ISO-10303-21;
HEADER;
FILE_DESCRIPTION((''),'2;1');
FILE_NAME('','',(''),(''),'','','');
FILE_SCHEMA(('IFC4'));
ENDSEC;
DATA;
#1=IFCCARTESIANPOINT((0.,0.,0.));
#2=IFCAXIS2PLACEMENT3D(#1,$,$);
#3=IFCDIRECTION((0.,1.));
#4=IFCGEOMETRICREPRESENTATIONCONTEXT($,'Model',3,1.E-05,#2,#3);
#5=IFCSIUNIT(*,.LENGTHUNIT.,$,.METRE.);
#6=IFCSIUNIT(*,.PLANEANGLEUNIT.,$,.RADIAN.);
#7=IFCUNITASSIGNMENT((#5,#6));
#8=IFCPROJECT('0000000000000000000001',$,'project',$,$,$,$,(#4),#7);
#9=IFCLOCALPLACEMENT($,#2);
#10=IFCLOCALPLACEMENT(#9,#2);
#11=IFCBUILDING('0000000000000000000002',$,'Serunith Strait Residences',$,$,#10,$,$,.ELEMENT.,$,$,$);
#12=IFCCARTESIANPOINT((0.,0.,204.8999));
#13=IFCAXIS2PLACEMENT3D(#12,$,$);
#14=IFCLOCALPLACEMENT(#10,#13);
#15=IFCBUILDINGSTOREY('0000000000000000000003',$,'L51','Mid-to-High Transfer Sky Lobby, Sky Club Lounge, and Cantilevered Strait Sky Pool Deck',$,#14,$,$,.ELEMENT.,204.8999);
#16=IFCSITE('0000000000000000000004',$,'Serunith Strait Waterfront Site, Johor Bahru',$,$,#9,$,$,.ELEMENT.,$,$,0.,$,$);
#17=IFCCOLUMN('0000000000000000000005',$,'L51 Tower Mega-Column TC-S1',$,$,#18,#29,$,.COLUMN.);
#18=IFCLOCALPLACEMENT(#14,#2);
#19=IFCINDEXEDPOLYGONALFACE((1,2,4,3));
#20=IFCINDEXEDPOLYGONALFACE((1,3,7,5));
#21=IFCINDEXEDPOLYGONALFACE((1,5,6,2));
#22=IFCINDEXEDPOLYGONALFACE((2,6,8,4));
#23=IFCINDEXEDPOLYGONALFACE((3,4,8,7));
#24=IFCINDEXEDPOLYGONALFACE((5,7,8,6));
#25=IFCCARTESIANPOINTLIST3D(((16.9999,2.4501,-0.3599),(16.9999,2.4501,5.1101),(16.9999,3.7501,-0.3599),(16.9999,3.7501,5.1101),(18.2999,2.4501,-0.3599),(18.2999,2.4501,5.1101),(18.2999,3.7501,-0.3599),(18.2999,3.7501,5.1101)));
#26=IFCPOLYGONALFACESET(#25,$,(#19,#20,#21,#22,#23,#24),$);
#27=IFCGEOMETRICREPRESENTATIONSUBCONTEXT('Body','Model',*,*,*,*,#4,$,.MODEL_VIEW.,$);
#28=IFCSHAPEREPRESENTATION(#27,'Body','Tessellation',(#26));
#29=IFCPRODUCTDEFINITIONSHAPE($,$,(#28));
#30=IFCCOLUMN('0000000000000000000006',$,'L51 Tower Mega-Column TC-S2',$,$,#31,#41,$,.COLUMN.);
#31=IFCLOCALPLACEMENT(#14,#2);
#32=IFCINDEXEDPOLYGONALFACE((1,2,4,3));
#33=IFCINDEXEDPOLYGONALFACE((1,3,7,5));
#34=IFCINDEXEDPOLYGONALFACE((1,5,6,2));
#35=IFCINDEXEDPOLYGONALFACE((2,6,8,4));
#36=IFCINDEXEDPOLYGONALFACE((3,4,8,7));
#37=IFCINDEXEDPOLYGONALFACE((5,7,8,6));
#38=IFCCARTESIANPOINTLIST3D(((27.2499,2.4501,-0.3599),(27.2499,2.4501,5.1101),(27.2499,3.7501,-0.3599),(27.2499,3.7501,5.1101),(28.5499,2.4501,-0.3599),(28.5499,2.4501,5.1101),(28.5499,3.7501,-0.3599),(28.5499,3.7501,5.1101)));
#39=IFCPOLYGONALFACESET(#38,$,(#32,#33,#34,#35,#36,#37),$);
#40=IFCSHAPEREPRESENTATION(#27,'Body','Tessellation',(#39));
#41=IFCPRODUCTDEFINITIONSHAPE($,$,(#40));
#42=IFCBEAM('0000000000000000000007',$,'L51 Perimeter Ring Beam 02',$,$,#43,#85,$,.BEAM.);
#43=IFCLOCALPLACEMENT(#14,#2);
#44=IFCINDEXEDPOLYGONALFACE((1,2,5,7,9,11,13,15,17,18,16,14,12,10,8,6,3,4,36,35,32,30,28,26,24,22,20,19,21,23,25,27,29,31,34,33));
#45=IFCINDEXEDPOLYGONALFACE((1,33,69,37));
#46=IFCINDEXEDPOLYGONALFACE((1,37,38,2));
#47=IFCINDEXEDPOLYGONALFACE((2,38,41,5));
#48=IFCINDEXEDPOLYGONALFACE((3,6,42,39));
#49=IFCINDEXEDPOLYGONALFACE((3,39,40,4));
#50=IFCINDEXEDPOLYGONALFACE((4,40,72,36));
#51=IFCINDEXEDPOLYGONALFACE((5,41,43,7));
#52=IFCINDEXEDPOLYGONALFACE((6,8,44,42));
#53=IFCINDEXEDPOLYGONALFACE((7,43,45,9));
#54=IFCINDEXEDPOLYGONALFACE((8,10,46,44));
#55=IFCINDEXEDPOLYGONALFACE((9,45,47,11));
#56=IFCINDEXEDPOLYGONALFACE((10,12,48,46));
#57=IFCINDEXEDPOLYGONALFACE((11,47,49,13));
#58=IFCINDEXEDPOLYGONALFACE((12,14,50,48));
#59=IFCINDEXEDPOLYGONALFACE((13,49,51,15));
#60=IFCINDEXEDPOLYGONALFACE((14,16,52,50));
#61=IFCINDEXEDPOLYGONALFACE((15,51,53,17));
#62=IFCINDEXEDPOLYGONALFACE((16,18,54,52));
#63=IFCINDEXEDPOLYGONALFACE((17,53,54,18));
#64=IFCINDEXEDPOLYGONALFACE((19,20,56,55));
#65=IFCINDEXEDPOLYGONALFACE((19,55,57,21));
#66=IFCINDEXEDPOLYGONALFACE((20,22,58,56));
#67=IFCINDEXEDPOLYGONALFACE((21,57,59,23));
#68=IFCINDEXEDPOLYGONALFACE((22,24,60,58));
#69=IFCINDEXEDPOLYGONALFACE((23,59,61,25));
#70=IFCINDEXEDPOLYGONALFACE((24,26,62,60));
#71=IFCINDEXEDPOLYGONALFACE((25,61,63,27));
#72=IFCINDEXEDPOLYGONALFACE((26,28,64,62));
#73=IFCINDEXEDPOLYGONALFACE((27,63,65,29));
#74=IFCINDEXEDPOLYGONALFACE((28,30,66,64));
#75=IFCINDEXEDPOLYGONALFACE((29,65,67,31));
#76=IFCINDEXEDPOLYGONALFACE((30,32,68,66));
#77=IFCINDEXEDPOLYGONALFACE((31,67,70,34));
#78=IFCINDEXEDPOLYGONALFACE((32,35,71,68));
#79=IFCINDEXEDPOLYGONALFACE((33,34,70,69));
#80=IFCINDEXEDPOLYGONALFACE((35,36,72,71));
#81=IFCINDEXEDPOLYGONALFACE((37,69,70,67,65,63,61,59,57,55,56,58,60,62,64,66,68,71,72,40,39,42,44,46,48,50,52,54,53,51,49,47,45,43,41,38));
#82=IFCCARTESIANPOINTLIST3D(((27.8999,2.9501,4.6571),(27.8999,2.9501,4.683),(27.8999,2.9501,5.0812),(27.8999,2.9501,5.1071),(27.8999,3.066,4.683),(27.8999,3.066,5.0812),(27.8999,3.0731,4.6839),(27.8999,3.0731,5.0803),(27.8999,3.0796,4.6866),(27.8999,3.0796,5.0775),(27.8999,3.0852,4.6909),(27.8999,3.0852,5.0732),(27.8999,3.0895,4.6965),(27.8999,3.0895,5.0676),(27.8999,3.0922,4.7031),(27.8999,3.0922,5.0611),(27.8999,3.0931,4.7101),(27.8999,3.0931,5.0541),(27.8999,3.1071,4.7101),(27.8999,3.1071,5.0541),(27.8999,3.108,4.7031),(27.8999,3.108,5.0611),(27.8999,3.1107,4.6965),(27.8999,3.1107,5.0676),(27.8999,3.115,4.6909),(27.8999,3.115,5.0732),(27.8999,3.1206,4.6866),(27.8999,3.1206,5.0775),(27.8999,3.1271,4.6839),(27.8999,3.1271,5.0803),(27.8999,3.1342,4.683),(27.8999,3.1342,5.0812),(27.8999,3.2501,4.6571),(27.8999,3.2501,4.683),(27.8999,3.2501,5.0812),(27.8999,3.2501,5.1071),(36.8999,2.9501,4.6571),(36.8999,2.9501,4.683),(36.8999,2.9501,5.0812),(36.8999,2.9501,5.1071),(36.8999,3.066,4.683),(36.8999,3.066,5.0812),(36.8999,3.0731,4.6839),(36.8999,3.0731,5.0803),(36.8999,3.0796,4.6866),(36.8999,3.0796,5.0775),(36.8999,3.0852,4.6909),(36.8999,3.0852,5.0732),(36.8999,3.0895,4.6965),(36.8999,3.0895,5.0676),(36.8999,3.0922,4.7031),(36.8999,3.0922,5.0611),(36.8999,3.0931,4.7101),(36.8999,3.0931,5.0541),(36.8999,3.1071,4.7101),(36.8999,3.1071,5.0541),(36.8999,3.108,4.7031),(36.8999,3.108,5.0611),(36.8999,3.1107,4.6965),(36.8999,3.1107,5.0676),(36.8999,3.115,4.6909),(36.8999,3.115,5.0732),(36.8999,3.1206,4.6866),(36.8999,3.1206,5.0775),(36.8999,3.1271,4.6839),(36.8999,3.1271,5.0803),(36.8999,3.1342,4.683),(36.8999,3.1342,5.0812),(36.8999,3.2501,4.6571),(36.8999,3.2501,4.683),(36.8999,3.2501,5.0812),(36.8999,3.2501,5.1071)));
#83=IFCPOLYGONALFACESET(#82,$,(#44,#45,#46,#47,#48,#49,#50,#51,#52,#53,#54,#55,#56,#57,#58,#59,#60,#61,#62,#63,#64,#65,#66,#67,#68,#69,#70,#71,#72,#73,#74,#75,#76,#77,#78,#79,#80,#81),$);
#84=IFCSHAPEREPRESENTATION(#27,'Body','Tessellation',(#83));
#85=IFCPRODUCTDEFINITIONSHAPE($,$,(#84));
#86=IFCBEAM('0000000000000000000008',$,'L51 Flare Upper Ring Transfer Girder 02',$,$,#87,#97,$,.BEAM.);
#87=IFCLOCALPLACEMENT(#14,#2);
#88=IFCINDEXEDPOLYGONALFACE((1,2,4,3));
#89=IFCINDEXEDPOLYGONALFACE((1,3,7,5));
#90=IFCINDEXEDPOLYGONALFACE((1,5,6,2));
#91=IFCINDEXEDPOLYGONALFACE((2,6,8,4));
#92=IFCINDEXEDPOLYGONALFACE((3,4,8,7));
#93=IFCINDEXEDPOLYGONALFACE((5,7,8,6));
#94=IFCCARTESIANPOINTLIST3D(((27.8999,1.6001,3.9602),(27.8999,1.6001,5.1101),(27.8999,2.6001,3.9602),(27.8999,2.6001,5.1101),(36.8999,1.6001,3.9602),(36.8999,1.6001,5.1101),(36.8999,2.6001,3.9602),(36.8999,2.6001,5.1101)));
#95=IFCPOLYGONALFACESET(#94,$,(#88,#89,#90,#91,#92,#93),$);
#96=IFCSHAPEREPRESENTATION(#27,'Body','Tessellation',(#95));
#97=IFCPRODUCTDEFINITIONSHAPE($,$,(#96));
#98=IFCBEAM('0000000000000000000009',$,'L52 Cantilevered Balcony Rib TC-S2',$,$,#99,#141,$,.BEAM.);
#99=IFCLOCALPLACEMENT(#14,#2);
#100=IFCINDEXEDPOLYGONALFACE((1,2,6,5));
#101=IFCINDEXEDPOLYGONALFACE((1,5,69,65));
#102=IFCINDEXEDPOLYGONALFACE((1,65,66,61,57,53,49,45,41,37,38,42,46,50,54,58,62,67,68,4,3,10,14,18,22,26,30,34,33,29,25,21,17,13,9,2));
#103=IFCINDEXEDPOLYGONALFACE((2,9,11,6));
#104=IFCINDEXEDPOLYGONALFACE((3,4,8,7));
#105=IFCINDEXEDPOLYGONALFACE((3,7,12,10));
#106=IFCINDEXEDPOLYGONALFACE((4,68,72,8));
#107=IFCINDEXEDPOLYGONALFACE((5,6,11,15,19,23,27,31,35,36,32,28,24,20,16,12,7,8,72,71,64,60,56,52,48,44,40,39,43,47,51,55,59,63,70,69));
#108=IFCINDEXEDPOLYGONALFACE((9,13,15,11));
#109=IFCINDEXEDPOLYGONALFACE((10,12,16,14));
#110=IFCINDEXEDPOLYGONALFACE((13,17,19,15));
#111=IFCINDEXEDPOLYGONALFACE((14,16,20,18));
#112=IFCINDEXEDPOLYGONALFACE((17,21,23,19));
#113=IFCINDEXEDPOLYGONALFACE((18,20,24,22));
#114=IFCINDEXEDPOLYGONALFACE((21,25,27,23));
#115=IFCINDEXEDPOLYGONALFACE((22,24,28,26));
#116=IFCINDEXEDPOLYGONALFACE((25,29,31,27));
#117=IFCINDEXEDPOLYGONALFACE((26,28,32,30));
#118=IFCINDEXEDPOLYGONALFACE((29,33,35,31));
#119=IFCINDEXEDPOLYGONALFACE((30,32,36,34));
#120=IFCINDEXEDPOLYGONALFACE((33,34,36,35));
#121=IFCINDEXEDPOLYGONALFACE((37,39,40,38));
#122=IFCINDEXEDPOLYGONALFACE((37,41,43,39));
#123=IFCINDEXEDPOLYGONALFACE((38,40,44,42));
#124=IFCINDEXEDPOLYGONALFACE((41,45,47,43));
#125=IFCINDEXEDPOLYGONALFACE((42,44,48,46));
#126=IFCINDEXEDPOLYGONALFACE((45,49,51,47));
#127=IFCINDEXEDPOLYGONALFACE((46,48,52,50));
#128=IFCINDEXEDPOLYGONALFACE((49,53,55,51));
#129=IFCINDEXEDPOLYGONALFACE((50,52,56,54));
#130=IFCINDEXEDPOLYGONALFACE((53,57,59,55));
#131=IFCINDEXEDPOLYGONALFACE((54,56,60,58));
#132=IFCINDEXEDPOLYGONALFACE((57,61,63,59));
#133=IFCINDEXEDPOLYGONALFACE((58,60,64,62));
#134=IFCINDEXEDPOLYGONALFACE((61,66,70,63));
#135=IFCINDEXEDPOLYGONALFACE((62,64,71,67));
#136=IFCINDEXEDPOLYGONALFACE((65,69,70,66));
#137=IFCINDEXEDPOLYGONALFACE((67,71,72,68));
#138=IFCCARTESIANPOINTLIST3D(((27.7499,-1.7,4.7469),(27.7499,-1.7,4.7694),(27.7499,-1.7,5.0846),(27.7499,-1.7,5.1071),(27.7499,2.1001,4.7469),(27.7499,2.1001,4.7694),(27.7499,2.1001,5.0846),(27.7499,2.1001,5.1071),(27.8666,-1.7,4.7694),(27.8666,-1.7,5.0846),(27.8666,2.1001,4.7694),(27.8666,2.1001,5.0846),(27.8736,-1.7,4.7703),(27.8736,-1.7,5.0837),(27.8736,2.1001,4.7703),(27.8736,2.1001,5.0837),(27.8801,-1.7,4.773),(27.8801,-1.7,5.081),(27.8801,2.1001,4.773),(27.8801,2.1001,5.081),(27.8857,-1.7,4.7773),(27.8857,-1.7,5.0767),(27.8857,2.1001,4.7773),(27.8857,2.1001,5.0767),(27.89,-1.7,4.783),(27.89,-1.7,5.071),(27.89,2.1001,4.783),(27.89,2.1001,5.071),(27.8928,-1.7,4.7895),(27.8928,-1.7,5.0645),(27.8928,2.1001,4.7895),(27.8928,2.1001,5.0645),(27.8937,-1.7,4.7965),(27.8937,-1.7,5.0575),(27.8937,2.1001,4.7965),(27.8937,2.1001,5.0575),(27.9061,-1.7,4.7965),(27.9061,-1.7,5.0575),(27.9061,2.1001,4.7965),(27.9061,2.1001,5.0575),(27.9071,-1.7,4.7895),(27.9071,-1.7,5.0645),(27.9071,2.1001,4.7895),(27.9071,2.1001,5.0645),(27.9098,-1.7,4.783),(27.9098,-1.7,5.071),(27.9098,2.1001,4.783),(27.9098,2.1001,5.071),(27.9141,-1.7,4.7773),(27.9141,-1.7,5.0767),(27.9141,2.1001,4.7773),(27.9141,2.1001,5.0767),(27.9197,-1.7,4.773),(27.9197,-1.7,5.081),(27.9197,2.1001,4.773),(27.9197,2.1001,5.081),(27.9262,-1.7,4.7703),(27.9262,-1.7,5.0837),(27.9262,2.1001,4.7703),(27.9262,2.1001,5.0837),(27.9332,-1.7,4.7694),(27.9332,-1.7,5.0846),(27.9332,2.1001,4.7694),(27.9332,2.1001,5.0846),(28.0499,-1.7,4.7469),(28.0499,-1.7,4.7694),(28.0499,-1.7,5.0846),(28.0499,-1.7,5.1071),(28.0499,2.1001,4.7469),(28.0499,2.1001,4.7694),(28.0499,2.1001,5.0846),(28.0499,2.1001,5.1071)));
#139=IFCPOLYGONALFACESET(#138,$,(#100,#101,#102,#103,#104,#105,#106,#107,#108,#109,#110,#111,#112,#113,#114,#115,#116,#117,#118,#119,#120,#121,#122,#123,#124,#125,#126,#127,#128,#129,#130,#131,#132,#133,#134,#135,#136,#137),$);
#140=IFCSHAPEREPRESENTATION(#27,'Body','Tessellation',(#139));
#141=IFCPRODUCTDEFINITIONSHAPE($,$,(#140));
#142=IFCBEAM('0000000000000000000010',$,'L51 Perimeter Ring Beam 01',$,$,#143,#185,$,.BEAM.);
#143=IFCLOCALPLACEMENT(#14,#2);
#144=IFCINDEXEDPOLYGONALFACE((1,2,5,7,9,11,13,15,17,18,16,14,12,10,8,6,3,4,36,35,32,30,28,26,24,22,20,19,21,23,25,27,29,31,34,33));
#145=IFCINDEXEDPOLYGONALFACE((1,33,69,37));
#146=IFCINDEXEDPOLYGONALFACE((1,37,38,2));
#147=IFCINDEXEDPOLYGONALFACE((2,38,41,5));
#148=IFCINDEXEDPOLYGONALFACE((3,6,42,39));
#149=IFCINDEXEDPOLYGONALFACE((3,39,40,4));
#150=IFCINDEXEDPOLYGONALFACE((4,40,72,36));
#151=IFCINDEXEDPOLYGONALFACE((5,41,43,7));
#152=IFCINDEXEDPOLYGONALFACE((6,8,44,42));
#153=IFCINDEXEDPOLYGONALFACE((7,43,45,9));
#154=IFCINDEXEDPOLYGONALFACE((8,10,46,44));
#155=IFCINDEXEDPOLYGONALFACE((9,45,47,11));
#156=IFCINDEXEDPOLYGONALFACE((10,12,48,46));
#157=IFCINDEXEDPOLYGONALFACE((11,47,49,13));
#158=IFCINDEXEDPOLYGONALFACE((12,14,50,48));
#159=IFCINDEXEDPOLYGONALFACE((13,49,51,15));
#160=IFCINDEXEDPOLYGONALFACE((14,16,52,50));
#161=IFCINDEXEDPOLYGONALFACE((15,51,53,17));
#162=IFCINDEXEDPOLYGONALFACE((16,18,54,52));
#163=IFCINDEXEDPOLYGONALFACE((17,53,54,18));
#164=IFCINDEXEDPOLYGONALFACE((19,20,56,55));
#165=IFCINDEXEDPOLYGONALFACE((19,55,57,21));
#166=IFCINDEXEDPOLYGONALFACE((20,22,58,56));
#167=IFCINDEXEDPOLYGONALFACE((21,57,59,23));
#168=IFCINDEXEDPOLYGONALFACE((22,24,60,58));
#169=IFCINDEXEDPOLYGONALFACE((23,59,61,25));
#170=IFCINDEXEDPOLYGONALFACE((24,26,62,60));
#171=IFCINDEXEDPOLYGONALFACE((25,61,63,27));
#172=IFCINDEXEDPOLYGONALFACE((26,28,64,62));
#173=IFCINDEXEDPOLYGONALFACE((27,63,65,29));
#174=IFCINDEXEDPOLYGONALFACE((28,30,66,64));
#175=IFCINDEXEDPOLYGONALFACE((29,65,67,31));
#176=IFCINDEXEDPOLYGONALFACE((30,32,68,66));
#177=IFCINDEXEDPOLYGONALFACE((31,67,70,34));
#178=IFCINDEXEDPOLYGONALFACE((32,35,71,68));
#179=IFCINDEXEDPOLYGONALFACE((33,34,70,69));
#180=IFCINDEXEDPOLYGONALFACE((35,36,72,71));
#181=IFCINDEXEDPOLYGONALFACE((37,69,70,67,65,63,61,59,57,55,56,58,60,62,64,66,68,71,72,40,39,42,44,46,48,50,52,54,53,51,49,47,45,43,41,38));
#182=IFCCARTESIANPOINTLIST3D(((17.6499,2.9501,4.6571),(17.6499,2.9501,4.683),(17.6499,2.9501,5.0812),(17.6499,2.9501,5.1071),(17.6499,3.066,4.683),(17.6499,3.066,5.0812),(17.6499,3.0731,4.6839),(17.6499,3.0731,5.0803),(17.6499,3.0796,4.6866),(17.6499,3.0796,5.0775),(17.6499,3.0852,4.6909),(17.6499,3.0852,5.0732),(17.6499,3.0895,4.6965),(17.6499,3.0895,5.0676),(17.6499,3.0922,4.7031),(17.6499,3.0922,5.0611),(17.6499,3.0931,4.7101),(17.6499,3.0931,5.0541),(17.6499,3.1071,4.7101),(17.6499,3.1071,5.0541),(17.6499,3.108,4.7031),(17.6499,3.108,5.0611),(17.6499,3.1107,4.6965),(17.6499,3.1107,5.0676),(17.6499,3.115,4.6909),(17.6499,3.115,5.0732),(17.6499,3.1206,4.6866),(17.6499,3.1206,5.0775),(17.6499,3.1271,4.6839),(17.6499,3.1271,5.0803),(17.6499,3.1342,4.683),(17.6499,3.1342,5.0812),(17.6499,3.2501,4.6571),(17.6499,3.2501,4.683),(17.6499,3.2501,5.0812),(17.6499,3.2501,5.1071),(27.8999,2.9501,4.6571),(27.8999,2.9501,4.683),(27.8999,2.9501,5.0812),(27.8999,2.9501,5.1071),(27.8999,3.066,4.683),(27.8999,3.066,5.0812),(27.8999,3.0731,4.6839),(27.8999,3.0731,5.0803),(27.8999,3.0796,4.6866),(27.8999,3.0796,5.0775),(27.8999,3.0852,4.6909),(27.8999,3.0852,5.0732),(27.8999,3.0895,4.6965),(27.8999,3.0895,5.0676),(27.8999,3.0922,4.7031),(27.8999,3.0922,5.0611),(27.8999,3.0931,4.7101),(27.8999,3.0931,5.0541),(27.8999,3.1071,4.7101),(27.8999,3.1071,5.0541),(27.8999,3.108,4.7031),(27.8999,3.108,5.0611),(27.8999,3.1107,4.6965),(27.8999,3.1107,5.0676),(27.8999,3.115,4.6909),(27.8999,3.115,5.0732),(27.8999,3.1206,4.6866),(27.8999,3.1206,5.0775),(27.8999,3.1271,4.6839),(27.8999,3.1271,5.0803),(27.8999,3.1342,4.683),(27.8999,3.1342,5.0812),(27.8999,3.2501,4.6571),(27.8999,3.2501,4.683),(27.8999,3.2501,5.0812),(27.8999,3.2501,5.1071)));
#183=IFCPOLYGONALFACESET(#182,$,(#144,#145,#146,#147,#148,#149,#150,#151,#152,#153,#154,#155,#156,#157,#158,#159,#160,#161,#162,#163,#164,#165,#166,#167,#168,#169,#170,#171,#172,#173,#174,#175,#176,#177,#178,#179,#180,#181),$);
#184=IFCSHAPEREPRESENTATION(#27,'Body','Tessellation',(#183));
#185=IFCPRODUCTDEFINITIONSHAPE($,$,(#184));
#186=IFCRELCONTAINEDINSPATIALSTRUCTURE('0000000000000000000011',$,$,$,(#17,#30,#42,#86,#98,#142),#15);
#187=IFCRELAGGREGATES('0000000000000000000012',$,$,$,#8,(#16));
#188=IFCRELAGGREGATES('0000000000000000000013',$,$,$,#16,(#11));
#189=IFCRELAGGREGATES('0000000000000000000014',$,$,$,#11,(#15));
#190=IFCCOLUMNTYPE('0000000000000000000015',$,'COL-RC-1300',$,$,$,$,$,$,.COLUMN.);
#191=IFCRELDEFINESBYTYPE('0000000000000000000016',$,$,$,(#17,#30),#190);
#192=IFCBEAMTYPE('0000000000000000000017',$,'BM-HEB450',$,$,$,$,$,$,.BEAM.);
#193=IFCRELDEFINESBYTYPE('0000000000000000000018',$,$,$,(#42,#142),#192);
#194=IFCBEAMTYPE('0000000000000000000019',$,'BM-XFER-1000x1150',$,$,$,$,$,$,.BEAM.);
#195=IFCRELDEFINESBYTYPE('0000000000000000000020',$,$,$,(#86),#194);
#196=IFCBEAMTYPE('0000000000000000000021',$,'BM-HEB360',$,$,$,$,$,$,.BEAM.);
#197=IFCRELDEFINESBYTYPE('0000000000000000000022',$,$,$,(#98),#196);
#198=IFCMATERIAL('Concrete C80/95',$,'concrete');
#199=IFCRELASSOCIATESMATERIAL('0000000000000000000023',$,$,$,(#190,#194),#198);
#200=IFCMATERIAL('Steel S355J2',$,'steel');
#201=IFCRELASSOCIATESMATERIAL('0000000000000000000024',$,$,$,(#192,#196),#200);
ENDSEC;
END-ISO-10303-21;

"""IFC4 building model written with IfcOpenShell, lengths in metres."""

from ifc_helpers import new_model, si_unit, direction, frame, origin, origin_2d, place, context, subcontext, project, spatial, rectangle, i_section, extrude, source, transform, mapped, material, material_profile, profile_set, type_object, element, save


model = new_model("IFC4")

# Units and contexts
model_context = context("Model", 3, precision=1e-05, world=origin(), true_north=direction((0.0, 1.0)))
body_context = subcontext(model_context, "Body", "Model", "MODEL_VIEW")
ifc_project = project(units=[si_unit("LENGTHUNIT", "METRE"), si_unit("PLANEANGLEUNIT", "RADIAN")], contexts=[model_context])

# Site, building, storey
site_placement = place(None, origin())
site = spatial("IfcSite", under=ifc_project, at=site_placement, Name="Serunith Strait Waterfront Site, Johor Bahru", CompositionType="ELEMENT", RefElevation=0.0)
building_placement = place(site_placement, origin())
building = spatial("IfcBuilding", under=site, at=building_placement, Name="Serunith Strait Residences", CompositionType="ELEMENT")
storey_placement = place(building_placement, frame((0.0, 0.0, 204.8999)))
storey = spatial("IfcBuildingStorey", under=building, at=storey_placement, Name="L51", Description="Mid-to-High Transfer Sky Lobby, Sky Club Lounge, and Cantilevered Strait Sky Pool Deck", CompositionType="ELEMENT", Elevation=204.8999)

# Columns
ifc_material_1 = material(Name="Concrete C80/95", Category="concrete")
ifc_material_profile_1 = material_profile(ifc_material_1, rectangle(XDim=1.3, YDim=1.3, at=origin_2d()), Name="RC 1300x1300")
ifc_profile_set_1 = profile_set([ifc_material_profile_1], Name="Concrete C80/95")
column_type = type_object("IfcColumnType", Name="COL-RC-1300", PredefinedType="COLUMN", material=ifc_profile_set_1)
shared_shape_1 = source(origin(), body_context, "Body", "SweptSolid", [
    extrude(rectangle(XDim=1.3, YDim=1.3, at=origin_2d()), origin(), (0.0, 0.0, 1.0), 5.47),
])
for number, where, z_axis, x_axis, name in (
    (1, (17.6499, 3.1001, -0.3599), (0.0, 0.0, 1.0), (1.0, 0.0, 0.0), "L51 Tower Mega-Column TC-S1"),
    (2, (27.8999, 3.1001, -0.3599), (0.0, 0.0, 1.0), (1.0, 0.0, 0.0), "L51 Tower Mega-Column TC-S2"),
):
    element("IfcColumn", number, at=place(storey_placement, frame(where, z_axis=z_axis, x_axis=x_axis)), inside=storey, type_object=column_type, Name=name, PredefinedType="COLUMN", context=body_context, shape_type="MappedRepresentation", body=[
        mapped(shared_shape_1, transform((0.0, 0.0, 0.0), scale=1.0)),
    ])

# Beams
ifc_material_2 = material(Name="Steel S355J2", Category="steel")
ifc_material_profile_2 = material_profile(ifc_material_2, i_section(OverallWidth=0.3, OverallDepth=0.45, WebThickness=0.0139, FlangeThickness=0.0259, FilletRadius=0.0271, at=origin_2d()), Name="HEB 450")
ifc_profile_set_2 = profile_set([ifc_material_profile_2], Name="Steel S355J2")
beam_type_1 = type_object("IfcBeamType", Name="BM-HEB450", PredefinedType="BEAM", material=ifc_profile_set_2)
shared_shape_2 = source(origin(), body_context, "Body", "SweptSolid", [
    extrude(i_section(OverallWidth=0.3, OverallDepth=0.45, WebThickness=0.0139, FlangeThickness=0.0259, FilletRadius=0.0271, at=origin_2d()), origin(), (0.0, 0.0, 1.0), 9.0),
])
beam_1_placement = place(storey_placement, frame((27.8999, 3.1001, 4.8821), z_axis=(1.0, 0.0, 0.0), x_axis=(0.0, 1.0, 0.0)))
element("IfcBeam", 3, at=beam_1_placement, inside=storey, type_object=beam_type_1, Name="L51 Perimeter Ring Beam 02", PredefinedType="BEAM", context=body_context, shape_type="MappedRepresentation", body=[
    mapped(shared_shape_2, transform((0.0, 0.0, 0.0), scale=1.0)),
])
ifc_material_profile_3 = material_profile(ifc_material_1, rectangle(XDim=1.0, YDim=1.1499, at=origin_2d()), Name="RC 1000x1150")
ifc_profile_set_3 = profile_set([ifc_material_profile_3], Name="Concrete C80/95")
beam_type_2 = type_object("IfcBeamType", Name="BM-XFER-1000x1150", PredefinedType="BEAM", material=ifc_profile_set_3)
shared_shape_3 = source(origin(), body_context, "Body", "SweptSolid", [
    extrude(rectangle(XDim=1.0, YDim=1.1499, at=origin_2d()), origin(), (0.0, 0.0, 1.0), 9.0),
])
beam_2_placement = place(storey_placement, frame((27.8999, 2.1001, 4.5352), z_axis=(1.0, 0.0, 0.0), x_axis=(0.0, 1.0, 0.0)))
element("IfcBeam", 4, at=beam_2_placement, inside=storey, type_object=beam_type_2, Name="L51 Flare Upper Ring Transfer Girder 02", PredefinedType="BEAM", context=body_context, shape_type="MappedRepresentation", body=[
    mapped(shared_shape_3, transform((0.0, 0.0, 0.0), scale=1.0)),
])
ifc_material_profile_4 = material_profile(ifc_material_2, i_section(OverallWidth=0.3, OverallDepth=0.3601, WebThickness=0.0125, FlangeThickness=0.0225, FilletRadius=0.0271, at=origin_2d()), Name="HEB 360")
ifc_profile_set_4 = profile_set([ifc_material_profile_4], Name="Steel S355J2")
beam_type_3 = type_object("IfcBeamType", Name="BM-HEB360", PredefinedType="BEAM", material=ifc_profile_set_4)
shared_shape_4 = source(origin(), body_context, "Body", "SweptSolid", [
    extrude(i_section(OverallWidth=0.3, OverallDepth=0.3601, WebThickness=0.0125, FlangeThickness=0.0225, FilletRadius=0.0271, at=origin_2d()), origin(), (0.0, 0.0, 1.0), 3.8),
])
beam_3_placement = place(storey_placement, frame((27.8999, 2.1001, 4.927), z_axis=(0.0, -1.0, 0.0), x_axis=(1.0, 0.0, 0.0)))
element("IfcBeam", 5, at=beam_3_placement, inside=storey, type_object=beam_type_3, Name="L52 Cantilevered Balcony Rib TC-S2", PredefinedType="BEAM", context=body_context, shape_type="MappedRepresentation", body=[
    mapped(shared_shape_4, transform((0.0, 0.0, 0.0), scale=1.0)),
])
shared_shape_5 = source(origin(), body_context, "Body", "SweptSolid", [
    extrude(i_section(OverallWidth=0.3, OverallDepth=0.45, WebThickness=0.0139, FlangeThickness=0.0259, FilletRadius=0.0271, at=origin_2d()), origin(), (0.0, 0.0, 1.0), 10.25),
])
beam_4_placement = place(storey_placement, frame((17.6499, 3.1001, 4.8821), z_axis=(1.0, 0.0, 0.0), x_axis=(0.0, 1.0, 0.0)))
element("IfcBeam", 6, at=beam_4_placement, inside=storey, type_object=beam_type_1, Name="L51 Perimeter Ring Beam 01", PredefinedType="BEAM", context=body_context, shape_type="MappedRepresentation", body=[
    mapped(shared_shape_5, transform((0.0, 0.0, 0.0), scale=1.0)),
])

save(model, "model.ifc")
